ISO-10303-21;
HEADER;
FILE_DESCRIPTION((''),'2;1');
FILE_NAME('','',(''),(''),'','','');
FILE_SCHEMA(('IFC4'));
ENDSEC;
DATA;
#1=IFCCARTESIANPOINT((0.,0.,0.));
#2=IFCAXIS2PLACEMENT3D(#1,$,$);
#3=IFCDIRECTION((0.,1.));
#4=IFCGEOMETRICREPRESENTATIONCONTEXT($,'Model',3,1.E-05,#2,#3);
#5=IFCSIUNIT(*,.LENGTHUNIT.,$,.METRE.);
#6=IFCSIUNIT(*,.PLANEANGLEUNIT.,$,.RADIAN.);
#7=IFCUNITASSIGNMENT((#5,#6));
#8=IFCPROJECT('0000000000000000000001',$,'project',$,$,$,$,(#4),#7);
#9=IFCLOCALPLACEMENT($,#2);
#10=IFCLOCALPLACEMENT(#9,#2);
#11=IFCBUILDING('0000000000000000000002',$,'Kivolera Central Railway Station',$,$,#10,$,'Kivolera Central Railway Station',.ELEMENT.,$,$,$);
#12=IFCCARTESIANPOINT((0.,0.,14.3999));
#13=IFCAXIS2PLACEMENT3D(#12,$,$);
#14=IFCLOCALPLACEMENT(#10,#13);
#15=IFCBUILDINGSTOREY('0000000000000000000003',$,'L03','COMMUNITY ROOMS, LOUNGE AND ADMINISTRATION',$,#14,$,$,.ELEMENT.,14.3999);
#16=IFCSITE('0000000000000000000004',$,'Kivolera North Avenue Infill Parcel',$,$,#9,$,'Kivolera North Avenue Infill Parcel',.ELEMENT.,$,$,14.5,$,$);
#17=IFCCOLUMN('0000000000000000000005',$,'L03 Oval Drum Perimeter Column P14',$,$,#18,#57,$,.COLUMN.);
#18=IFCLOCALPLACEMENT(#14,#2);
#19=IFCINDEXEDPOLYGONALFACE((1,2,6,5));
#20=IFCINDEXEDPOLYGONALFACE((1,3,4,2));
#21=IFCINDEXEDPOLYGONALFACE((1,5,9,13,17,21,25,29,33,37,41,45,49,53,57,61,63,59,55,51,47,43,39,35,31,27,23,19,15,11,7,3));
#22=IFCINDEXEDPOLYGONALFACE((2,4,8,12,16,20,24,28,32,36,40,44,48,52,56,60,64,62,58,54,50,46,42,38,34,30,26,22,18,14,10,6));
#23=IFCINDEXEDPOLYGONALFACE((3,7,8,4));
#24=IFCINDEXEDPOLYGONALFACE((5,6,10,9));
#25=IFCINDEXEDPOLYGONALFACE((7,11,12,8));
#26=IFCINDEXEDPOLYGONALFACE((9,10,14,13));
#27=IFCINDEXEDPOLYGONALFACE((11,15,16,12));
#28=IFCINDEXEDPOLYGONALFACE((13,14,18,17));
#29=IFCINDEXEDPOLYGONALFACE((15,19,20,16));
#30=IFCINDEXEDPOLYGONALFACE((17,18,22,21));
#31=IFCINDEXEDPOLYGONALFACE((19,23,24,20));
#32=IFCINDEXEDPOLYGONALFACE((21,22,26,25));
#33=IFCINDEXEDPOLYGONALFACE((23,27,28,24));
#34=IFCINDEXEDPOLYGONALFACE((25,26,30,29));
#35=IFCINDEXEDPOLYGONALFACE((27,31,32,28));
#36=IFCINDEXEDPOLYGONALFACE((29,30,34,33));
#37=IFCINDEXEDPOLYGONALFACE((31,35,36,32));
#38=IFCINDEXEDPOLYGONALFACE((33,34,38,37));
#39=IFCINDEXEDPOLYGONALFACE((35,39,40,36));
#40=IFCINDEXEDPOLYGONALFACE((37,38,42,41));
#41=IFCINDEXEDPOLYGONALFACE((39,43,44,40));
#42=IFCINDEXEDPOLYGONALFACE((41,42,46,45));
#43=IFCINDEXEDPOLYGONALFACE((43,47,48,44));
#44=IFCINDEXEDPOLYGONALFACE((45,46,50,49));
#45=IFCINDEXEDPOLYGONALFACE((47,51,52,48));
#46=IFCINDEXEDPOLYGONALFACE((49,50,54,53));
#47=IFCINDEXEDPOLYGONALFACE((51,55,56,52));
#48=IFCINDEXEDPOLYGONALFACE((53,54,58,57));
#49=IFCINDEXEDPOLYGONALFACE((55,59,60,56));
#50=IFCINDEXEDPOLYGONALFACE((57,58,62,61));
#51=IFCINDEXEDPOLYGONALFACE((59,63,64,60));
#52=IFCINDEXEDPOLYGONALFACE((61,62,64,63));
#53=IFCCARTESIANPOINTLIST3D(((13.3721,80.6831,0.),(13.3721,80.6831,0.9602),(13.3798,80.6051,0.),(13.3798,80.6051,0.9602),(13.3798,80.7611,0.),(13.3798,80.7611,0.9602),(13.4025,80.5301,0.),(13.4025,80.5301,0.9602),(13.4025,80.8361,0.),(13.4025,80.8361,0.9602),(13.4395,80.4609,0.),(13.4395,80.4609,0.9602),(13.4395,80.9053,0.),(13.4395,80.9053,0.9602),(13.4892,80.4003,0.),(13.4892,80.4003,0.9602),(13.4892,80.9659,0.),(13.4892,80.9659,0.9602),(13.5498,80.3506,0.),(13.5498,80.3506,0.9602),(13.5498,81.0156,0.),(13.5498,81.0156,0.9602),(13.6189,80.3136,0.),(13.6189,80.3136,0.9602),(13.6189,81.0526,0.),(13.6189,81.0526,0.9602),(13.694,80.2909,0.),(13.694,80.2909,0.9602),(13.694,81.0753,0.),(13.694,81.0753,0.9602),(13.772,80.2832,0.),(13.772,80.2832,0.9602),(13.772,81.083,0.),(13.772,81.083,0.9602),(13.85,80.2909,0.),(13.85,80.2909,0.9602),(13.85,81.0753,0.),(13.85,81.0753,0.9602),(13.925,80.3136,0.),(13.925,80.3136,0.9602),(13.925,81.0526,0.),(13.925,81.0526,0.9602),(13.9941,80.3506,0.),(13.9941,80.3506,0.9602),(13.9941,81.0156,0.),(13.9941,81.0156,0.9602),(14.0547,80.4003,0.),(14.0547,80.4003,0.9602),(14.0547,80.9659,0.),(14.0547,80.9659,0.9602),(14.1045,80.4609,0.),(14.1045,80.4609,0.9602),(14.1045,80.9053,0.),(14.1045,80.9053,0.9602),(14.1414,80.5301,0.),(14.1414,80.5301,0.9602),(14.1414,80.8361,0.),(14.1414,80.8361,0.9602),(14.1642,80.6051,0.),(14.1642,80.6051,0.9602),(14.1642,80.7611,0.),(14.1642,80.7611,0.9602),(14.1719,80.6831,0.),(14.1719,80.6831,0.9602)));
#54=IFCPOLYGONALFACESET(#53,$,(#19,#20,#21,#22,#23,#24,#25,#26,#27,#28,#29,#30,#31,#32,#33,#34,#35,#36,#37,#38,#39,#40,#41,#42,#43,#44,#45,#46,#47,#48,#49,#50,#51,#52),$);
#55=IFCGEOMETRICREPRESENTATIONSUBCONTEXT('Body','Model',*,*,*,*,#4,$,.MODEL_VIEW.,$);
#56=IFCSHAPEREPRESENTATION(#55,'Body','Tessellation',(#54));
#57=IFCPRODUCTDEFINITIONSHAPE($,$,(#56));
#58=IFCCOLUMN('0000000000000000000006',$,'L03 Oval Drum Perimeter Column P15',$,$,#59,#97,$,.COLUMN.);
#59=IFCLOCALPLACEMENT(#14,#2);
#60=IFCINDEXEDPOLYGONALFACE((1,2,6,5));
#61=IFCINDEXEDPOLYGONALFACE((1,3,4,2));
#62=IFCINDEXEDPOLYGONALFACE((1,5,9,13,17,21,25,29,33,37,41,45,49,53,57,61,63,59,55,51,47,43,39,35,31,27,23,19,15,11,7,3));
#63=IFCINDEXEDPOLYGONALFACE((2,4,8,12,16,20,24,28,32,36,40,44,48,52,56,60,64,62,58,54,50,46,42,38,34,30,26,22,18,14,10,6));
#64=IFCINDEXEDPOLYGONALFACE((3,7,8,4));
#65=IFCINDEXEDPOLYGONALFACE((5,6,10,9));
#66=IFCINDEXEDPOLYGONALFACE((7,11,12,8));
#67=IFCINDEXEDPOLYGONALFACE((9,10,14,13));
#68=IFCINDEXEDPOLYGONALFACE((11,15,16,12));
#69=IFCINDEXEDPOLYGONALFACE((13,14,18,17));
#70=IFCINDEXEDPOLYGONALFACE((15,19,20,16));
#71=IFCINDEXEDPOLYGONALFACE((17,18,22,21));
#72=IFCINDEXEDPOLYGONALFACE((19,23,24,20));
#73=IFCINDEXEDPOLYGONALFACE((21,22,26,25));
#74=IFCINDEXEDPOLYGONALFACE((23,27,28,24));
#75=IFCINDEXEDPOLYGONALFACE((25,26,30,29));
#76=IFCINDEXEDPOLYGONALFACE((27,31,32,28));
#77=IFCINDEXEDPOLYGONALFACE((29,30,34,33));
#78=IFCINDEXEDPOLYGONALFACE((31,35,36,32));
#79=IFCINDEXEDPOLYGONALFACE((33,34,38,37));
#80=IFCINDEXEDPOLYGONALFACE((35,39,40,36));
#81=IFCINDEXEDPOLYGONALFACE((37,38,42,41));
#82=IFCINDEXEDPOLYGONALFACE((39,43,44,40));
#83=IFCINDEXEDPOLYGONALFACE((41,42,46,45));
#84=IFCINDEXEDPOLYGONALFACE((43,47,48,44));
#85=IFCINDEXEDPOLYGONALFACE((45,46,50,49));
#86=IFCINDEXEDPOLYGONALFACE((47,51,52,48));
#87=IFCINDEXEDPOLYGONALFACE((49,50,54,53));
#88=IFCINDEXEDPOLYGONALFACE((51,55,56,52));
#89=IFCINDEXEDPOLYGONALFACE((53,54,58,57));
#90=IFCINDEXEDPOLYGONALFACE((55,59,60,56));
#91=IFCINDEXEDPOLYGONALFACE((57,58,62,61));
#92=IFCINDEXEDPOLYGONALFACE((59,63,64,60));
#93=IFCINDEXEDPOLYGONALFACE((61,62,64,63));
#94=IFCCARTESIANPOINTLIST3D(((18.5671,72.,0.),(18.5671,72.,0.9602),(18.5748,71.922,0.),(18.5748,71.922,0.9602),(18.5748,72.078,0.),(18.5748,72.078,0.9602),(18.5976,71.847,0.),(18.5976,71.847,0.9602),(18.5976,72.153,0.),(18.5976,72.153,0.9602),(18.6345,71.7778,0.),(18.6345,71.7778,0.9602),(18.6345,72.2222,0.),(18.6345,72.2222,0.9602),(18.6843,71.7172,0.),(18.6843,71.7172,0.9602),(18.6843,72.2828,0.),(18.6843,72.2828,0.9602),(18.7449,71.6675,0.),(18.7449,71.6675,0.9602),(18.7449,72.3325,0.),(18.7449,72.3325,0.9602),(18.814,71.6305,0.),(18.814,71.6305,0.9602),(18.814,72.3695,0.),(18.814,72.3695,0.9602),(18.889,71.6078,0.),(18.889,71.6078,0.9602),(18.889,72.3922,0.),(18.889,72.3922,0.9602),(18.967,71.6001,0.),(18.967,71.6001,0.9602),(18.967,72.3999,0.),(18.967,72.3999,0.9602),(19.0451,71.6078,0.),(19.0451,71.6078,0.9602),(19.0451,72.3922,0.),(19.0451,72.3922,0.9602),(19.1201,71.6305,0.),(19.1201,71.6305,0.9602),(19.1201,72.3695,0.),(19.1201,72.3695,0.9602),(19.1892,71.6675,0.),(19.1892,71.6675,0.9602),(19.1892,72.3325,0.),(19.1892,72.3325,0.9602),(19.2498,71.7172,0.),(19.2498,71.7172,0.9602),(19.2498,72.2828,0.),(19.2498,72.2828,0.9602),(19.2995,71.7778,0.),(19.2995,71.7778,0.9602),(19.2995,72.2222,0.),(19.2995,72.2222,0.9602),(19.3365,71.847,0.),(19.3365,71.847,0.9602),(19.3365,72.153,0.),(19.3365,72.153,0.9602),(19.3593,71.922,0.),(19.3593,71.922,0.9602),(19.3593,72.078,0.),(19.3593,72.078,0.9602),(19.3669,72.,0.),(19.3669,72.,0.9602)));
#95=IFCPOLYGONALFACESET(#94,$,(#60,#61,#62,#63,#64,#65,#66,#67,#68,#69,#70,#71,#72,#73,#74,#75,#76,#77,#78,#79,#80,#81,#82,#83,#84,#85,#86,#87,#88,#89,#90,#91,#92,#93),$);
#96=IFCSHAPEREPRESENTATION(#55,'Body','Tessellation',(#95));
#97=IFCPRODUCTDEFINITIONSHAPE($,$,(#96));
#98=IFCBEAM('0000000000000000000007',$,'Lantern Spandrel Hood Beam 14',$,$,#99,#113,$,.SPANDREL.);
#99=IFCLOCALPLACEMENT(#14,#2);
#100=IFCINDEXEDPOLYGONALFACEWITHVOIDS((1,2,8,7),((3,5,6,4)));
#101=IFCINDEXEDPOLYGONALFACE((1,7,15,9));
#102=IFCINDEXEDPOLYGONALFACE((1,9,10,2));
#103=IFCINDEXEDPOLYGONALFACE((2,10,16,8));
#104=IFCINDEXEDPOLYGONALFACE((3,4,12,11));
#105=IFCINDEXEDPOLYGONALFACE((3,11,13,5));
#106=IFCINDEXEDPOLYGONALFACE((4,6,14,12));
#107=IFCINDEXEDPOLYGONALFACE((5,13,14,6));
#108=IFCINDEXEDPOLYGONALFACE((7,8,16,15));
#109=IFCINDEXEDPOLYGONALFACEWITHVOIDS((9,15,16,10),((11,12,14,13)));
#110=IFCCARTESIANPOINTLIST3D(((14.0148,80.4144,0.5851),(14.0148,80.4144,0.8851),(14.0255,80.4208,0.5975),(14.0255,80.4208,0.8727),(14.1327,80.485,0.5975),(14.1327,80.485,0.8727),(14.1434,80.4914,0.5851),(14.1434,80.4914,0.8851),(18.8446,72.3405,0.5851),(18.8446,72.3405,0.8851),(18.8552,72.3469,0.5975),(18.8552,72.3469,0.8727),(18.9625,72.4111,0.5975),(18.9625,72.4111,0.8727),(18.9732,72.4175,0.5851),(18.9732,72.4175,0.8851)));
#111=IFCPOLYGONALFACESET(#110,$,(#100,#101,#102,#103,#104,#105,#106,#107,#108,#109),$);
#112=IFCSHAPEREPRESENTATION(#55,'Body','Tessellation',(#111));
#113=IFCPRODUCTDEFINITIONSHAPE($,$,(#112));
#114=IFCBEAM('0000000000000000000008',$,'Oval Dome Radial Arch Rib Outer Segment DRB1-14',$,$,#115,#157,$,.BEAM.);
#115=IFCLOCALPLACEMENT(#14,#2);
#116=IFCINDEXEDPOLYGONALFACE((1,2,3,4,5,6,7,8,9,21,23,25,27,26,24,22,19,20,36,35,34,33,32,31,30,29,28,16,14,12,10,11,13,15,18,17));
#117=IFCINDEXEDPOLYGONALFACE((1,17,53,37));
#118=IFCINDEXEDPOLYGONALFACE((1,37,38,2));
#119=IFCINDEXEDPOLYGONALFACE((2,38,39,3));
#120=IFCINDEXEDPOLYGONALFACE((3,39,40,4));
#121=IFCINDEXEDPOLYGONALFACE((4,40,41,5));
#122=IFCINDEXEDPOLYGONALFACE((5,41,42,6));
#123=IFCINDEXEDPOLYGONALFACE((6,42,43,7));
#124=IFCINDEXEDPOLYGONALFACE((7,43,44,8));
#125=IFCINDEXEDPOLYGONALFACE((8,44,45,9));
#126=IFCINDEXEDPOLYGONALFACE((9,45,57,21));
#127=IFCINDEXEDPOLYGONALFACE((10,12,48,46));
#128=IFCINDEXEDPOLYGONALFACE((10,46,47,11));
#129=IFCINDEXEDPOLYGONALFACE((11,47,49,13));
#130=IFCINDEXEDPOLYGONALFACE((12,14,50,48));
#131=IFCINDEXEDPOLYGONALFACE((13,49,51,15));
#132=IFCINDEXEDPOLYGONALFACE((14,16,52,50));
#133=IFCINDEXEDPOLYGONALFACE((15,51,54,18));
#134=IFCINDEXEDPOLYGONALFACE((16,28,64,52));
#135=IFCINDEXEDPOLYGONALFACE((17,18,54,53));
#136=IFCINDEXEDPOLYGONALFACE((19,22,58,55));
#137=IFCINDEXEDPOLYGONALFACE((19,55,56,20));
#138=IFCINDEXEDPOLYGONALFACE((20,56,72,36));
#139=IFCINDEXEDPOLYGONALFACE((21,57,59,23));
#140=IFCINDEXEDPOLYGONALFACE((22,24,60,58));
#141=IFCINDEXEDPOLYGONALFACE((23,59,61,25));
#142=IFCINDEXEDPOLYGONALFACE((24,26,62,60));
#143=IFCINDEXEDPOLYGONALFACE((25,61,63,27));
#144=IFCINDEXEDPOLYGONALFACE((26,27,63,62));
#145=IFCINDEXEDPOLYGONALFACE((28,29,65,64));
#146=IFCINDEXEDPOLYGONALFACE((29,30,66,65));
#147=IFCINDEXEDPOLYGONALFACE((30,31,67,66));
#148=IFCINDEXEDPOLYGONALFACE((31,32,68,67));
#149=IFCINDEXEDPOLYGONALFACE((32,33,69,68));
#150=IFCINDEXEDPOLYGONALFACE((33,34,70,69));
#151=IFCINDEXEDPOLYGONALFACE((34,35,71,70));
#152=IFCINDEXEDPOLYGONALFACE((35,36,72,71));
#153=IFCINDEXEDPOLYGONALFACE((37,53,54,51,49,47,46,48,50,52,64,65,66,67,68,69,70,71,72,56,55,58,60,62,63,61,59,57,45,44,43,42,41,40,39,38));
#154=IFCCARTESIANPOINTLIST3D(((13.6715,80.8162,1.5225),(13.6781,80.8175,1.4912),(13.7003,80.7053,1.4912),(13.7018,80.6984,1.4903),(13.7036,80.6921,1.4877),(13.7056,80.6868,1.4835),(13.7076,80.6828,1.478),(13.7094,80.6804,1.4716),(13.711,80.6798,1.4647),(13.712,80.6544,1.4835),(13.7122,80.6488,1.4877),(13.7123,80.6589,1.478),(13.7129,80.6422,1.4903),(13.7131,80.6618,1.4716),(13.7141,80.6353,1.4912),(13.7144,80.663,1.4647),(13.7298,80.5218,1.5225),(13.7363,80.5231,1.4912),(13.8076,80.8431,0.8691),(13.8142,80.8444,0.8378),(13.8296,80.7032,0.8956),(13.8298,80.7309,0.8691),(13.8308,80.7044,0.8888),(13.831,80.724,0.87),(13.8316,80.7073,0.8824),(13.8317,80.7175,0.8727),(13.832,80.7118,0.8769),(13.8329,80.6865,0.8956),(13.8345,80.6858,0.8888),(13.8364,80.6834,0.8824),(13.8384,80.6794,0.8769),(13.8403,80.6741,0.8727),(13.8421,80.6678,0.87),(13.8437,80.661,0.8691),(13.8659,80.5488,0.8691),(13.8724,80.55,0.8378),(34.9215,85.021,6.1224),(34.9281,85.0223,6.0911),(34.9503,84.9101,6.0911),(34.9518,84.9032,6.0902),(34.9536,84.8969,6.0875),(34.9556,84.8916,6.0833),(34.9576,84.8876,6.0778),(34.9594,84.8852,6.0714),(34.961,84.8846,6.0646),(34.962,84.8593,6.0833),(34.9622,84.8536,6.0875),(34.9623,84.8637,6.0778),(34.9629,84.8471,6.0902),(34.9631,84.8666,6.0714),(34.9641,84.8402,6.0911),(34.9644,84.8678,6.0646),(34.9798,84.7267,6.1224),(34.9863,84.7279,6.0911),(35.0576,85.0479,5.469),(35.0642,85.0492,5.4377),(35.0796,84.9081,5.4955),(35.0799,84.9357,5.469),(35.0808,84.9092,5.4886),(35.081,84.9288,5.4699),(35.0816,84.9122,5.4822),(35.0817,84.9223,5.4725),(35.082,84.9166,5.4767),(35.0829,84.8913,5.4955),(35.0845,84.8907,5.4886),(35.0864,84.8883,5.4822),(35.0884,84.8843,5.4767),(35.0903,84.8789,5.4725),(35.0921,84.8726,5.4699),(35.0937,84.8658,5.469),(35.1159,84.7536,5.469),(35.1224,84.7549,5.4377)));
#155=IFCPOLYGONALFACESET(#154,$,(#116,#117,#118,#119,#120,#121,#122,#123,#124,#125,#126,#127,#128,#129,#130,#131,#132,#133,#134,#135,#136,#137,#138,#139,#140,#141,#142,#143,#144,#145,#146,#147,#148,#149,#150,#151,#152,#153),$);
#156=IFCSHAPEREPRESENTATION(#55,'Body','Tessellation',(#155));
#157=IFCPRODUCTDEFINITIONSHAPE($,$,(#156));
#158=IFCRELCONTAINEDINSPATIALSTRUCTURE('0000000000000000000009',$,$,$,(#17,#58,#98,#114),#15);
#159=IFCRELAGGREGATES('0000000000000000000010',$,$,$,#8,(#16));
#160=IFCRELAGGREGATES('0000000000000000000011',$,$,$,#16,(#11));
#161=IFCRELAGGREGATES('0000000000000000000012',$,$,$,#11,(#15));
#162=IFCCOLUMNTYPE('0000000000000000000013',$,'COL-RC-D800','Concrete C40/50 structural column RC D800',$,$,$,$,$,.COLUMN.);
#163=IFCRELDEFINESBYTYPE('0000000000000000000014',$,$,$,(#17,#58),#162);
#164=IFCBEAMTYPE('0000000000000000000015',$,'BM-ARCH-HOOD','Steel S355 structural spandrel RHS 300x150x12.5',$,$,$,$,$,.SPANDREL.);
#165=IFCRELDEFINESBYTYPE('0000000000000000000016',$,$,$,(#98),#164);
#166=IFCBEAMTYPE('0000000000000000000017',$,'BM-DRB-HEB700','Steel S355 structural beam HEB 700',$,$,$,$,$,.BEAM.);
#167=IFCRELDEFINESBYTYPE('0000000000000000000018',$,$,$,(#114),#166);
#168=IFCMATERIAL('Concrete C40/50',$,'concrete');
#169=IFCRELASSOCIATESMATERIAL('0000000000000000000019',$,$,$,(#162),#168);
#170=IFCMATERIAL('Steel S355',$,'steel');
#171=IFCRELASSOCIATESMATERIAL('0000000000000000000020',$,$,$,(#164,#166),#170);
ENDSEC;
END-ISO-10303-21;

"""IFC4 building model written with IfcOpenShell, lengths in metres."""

from ifc_helpers import new_model, si_unit, direction, frame, origin, origin_2d, place, context, subcontext, project, spatial, hollow_rectangle, circle, i_section, extrude, material, material_profile, profile_set, type_object, element, save


model = new_model("IFC4")

# Units and contexts
model_context = context("Model", 3, precision=1e-05, world=origin(), true_north=direction((0.0, 1.0)))
body_context = subcontext(model_context, "Body", "Model", "MODEL_VIEW")
ifc_project = project(units=[si_unit("LENGTHUNIT", "METRE"), si_unit("PLANEANGLEUNIT", "RADIAN")], contexts=[model_context])

# Site, building, storey
site_placement = place(None, origin())
site = spatial("IfcSite", under=ifc_project, at=site_placement, Name="Kivolera North Avenue Infill Parcel", LongName="Kivolera North Avenue Infill Parcel", CompositionType="ELEMENT", RefElevation=14.5)
building_placement = place(site_placement, origin())
building = spatial("IfcBuilding", under=site, at=building_placement, Name="Kivolera Central Railway Station", LongName="Kivolera Central Railway Station", CompositionType="ELEMENT")
storey_placement = place(building_placement, frame((0.0, 0.0, 14.3999)))
storey = spatial("IfcBuildingStorey", under=building, at=storey_placement, Name="L03", Description="COMMUNITY ROOMS, LOUNGE AND ADMINISTRATION", CompositionType="ELEMENT", Elevation=14.3999)

# Columns
ifc_material_1 = material(Name="Concrete C40/50", Category="concrete")
ifc_material_profile_1 = material_profile(ifc_material_1, circle(Radius=0.3999, at=origin_2d()), Name="RC D800")
ifc_profile_set_1 = profile_set([ifc_material_profile_1], Name="Concrete C40/50")
column_type = type_object("IfcColumnType", Name="COL-RC-D800", Description="Concrete C40/50 structural column RC D800", PredefinedType="COLUMN", material=ifc_profile_set_1)
for number, where, z_axis, x_axis, name in (
    (1, (13.772, 80.6831, 0.0), (0.0, 0.0, 1.0), (1.0, 0.0, 0.0), "L03 Oval Drum Perimeter Column P14"),
    (2, (18.967, 72.0, 0.0), (0.0, 0.0, 1.0), (1.0, 0.0, 0.0), "L03 Oval Drum Perimeter Column P15"),
):
    element("IfcColumn", number, at=place(storey_placement, frame(where, z_axis=z_axis, x_axis=x_axis)), inside=storey, type_object=column_type, Name=name, PredefinedType="COLUMN", context=body_context, shape_type="SweptSolid", body=[
        extrude(circle(Radius=0.3999, at=origin_2d()), origin(), (0.0, 0.0, 1.0), 0.9602),
    ])

# Beams
ifc_material_2 = material(Name="Steel S355", Category="steel")
ifc_material_profile_2 = material_profile(ifc_material_2, hollow_rectangle(XDim=0.1499, YDim=0.3, WallThickness=0.0125, at=origin_2d()), Name="RHS 300x150x12.5")
ifc_profile_set_2 = profile_set([ifc_material_profile_2], Name="Steel S355")
beam_type_1 = type_object("IfcBeamType", Name="BM-ARCH-HOOD", Description="Steel S355 structural spandrel RHS 300x150x12.5", PredefinedType="SPANDREL", material=ifc_profile_set_2)
beam_1_placement = place(storey_placement, frame((14.0791, 80.4529, 0.7351), z_axis=(0.513358, -0.858174, 0.0), x_axis=(0.858174, 0.513358, 0.0)))
element("IfcBeam", 3, at=beam_1_placement, inside=storey, type_object=beam_type_1, Name="Lantern Spandrel Hood Beam 14", PredefinedType="SPANDREL", context=body_context, shape_type="SweptSolid", body=[
    extrude(hollow_rectangle(XDim=0.1499, YDim=0.3, WallThickness=0.0125, at=origin_2d()), origin(), (0.0, 0.0, 1.0), 9.4082),
])
ifc_material_profile_3 = material_profile(ifc_material_2, i_section(OverallWidth=0.3, OverallDepth=0.7, WebThickness=0.0171, FlangeThickness=0.032, FilletRadius=0.0271, at=origin_2d()), Name="HEB 700")
ifc_profile_set_3 = profile_set([ifc_material_profile_3], Name="Steel S355")
beam_type_2 = type_object("IfcBeamType", Name="BM-DRB-HEB700", Description="Steel S355 structural beam HEB 700", PredefinedType="BEAM", material=ifc_profile_set_3)
beam_2_placement = place(storey_placement, frame((13.772, 80.6831, 1.1802), z_axis=(0.959584, 0.189877, 0.207715), x_axis=(-0.194111, 0.98098, 0.0)))
element("IfcBeam", 4, at=beam_2_placement, inside=storey, type_object=beam_type_2, Name="Oval Dome Radial Arch Rib Outer Segment DRB1-14", PredefinedType="BEAM", context=body_context, shape_type="SweptSolid", body=[
    extrude(i_section(OverallWidth=0.3, OverallDepth=0.7, WebThickness=0.0171, FlangeThickness=0.032, FilletRadius=0.0271, at=origin_2d()), origin(), (0.0, 0.0, 1.0), 22.145),
])

save(model, "model.ifc")
